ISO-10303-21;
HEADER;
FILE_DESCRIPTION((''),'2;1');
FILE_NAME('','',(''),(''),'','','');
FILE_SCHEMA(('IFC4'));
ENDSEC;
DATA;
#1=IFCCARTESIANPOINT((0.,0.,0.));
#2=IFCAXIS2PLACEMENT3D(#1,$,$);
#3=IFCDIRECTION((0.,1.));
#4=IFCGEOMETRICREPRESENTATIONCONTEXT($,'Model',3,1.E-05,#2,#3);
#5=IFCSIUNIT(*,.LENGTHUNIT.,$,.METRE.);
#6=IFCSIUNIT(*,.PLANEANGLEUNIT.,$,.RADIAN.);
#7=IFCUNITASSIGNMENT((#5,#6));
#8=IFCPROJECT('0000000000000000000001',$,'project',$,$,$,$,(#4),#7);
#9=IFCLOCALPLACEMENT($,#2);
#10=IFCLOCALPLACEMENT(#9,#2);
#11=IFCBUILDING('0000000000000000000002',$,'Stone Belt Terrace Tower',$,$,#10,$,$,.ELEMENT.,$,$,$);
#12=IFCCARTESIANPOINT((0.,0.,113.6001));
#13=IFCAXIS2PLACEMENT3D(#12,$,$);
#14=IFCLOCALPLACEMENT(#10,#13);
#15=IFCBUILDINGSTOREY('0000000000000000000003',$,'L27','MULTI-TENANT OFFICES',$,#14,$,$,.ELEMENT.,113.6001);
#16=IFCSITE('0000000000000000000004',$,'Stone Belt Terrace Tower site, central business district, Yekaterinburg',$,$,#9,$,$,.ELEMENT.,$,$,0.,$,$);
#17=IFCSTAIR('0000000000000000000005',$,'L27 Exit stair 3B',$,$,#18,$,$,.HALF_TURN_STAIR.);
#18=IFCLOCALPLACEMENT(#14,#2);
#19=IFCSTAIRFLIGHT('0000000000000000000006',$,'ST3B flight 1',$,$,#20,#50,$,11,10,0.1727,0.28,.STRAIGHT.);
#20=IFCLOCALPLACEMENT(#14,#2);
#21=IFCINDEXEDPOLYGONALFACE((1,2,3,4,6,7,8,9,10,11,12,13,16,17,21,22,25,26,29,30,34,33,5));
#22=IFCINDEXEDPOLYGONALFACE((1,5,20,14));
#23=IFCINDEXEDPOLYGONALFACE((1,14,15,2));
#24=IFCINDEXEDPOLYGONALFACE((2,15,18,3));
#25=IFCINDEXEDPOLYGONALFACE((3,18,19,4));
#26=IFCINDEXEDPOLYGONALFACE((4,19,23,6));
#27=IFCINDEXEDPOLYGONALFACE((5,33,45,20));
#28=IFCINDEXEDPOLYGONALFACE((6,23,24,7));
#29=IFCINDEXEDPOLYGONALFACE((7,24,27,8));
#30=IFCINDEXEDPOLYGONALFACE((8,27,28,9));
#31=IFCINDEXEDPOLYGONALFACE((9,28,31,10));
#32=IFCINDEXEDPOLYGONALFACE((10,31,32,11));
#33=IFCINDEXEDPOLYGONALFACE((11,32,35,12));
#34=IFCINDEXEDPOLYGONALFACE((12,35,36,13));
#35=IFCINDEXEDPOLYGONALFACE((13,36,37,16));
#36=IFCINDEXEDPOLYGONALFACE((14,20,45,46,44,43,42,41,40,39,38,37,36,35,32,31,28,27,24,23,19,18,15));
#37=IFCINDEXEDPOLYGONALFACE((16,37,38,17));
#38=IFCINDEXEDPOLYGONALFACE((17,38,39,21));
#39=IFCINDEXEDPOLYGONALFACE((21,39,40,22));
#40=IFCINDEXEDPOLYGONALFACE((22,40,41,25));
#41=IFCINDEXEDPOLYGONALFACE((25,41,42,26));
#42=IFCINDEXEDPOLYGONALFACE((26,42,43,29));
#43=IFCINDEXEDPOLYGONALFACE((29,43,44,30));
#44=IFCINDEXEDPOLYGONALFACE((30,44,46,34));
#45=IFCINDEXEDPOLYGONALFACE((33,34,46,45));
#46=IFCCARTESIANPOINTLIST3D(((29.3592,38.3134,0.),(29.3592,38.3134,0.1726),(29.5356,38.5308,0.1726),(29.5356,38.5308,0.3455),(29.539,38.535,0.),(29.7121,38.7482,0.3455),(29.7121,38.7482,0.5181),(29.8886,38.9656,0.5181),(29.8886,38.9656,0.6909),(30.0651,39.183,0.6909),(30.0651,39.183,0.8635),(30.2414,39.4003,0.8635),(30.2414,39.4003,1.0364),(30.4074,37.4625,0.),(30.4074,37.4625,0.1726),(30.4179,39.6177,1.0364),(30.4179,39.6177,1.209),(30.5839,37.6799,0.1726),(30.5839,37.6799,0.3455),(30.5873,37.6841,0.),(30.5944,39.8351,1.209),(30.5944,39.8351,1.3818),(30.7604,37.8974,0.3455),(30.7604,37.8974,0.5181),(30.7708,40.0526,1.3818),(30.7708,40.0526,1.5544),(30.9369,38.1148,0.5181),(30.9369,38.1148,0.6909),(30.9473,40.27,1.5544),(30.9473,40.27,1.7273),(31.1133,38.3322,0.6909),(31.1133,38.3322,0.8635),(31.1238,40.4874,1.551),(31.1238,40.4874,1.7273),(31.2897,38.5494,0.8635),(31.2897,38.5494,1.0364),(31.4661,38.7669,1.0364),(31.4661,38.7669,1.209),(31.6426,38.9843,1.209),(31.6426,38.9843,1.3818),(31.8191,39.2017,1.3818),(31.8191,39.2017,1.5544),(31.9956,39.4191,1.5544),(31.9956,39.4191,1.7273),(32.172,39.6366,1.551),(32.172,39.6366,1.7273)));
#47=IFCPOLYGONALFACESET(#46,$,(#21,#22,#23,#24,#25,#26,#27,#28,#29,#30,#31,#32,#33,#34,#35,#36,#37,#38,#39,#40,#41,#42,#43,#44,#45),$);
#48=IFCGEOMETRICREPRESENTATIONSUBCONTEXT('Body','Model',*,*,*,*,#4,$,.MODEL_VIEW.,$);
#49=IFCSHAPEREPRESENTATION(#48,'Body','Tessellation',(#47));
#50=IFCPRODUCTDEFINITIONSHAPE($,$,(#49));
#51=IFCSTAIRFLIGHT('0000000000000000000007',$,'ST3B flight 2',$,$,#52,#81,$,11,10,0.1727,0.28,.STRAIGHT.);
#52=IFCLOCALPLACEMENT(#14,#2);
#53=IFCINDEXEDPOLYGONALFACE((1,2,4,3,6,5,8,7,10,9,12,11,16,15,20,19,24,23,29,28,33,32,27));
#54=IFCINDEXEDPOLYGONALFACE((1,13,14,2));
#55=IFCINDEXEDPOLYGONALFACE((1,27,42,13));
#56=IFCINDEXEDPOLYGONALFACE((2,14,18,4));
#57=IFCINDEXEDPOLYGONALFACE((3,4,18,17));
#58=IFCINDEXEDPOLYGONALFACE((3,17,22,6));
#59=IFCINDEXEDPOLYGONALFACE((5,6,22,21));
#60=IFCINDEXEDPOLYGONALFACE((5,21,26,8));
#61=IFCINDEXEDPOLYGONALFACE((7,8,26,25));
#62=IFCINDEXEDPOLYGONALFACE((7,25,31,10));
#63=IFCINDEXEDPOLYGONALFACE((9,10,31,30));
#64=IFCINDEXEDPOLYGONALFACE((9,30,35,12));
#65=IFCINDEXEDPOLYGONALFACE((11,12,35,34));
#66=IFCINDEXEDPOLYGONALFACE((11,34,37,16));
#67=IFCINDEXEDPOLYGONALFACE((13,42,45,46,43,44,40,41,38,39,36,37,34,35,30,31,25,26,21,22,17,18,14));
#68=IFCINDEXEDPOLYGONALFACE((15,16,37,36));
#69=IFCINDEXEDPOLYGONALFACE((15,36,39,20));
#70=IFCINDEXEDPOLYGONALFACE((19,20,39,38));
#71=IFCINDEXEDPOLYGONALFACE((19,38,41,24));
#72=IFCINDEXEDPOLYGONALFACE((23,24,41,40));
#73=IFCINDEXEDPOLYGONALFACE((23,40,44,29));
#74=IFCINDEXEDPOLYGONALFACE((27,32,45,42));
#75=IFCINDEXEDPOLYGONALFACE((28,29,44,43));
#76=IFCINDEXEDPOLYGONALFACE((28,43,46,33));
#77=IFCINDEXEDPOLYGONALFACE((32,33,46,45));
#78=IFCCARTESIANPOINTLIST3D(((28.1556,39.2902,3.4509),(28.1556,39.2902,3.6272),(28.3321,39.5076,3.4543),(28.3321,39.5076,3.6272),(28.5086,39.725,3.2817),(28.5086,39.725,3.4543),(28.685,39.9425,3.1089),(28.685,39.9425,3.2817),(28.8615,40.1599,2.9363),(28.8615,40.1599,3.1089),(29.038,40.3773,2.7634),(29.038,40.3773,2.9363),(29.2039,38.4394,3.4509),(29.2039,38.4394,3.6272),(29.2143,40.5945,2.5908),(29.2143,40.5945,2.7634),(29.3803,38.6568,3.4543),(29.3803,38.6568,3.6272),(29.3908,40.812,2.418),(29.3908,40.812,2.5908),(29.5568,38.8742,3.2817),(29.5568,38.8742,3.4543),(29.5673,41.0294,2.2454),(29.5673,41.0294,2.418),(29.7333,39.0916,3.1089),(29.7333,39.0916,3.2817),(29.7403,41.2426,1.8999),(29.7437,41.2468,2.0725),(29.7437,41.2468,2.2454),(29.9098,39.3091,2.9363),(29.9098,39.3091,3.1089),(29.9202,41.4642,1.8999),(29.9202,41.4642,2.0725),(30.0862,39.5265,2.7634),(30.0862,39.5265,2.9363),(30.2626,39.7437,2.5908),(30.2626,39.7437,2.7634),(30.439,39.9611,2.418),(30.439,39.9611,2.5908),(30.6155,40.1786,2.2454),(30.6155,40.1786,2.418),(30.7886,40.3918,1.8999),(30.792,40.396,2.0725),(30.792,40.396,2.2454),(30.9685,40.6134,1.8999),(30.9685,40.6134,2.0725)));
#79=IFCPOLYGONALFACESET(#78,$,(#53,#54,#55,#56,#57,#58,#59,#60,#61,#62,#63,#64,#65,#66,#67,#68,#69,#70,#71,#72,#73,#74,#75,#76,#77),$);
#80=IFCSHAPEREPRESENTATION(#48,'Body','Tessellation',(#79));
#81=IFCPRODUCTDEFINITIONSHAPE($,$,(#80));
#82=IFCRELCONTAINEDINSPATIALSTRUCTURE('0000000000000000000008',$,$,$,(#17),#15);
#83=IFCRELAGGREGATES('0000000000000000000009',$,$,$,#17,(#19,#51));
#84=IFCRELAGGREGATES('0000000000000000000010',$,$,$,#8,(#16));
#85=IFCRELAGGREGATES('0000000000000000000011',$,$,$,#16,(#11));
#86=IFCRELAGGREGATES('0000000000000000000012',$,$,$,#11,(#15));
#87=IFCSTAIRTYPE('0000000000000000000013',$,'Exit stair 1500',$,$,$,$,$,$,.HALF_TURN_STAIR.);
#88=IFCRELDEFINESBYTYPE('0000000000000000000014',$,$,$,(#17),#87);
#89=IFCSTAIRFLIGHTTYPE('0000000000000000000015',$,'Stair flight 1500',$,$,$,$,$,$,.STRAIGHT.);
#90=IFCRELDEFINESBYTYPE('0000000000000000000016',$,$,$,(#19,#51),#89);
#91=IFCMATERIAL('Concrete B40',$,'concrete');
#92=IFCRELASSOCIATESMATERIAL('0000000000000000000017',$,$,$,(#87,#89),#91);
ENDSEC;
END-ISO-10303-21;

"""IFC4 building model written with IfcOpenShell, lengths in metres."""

from ifc_helpers import new_model, si_unit, direction, frame, origin, place, context, subcontext, project, spatial, polyline, outline, extrude, material, type_object, element, aggregate, save


model = new_model("IFC4")

# Units and contexts
model_context = context("Model", 3, precision=1e-05, world=origin(), true_north=direction((0.0, 1.0)))
body_context = subcontext(model_context, "Body", "Model", "MODEL_VIEW")
ifc_project = project(units=[si_unit("LENGTHUNIT", "METRE"), si_unit("PLANEANGLEUNIT", "RADIAN")], contexts=[model_context])

# Site, building, storey
site_placement = place(None, origin())
site = spatial("IfcSite", under=ifc_project, at=site_placement, Name="Stone Belt Terrace Tower site, central business district, Yekaterinburg", CompositionType="ELEMENT", RefElevation=0.0)
building_placement = place(site_placement, origin())
building = spatial("IfcBuilding", under=site, at=building_placement, Name="Stone Belt Terrace Tower", CompositionType="ELEMENT")
storey_placement = place(building_placement, frame((0.0, 0.0, 113.6001)))
storey = spatial("IfcBuildingStorey", under=building, at=storey_placement, Name="L27", Description="MULTI-TENANT OFFICES", CompositionType="ELEMENT", Elevation=113.6001)

# Stair, stair flights
ifc_material_1 = material(Name="Concrete B40", Category="concrete")
stair_type = type_object("IfcStairType", Name="Exit stair 1500", PredefinedType="HALF_TURN_STAIR", material=ifc_material_1)
stair_placement = place(storey_placement, origin())
stair = element("IfcStair", 1, at=stair_placement, inside=storey, type_object=stair_type, Name="L27 Exit stair 3B", PredefinedType="HALF_TURN_STAIR")
stair_flight_type = type_object("IfcStairFlightType", Name="Stair flight 1500", PredefinedType="STRAIGHT", material=ifc_material_1)
stair_flight_1_placement = place(storey_placement, frame((29.8833, 37.8879, 0.0), z_axis=(0.0, 0.0, 1.0), x_axis=(0.630206, 0.776428, 0.0)))
stair_flight_1 = element("IfcStairFlight", 2, at=stair_flight_1_placement, type_object=stair_flight_type, Name="ST3B flight 1", NumberOfRisers=11, NumberOfTreads=10, PredefinedType="STRAIGHT", RiserHeight=0.1727, TreadLength=0.28, context=body_context, shape_type="SweptSolid", body=[
    extrude(outline(polyline([(0.0, 0.0), (0.0, 0.1726), (0.28, 0.1726), (0.28, 0.3455), (0.5601, 0.3455), (0.5601, 0.5181), (0.8401, 0.5181), (0.8401, 0.6909), (1.1201, 0.6909), (1.1201, 0.8635), (1.3999, 0.8635), (1.3999, 1.0364), (1.6799, 1.0364), (1.6799, 1.209), (1.96, 1.209), (1.96, 1.3818), (2.24, 1.3818), (2.24, 1.5544), (2.52, 1.5544), (2.52, 1.7273), (2.8, 1.7273), (2.8, 1.8999), (2.8, 1.551), (0.2854, 0.0), (0.0, 0.0)])), frame((0.0, 0.675, 0.0), z_axis=(0.0, -1.0, 0.0), x_axis=(1.0, 0.0, 0.0)), (0.0, 0.0, 1.0), 1.3501),
])
stair_flight_2_placement = place(storey_placement, frame((30.4443, 41.0388, 1.8999), z_axis=(0.0, 0.0, 1.0), x_axis=(-0.630206, -0.776428, 0.0)))
stair_flight_2 = element("IfcStairFlight", 3, at=stair_flight_2_placement, type_object=stair_flight_type, Name="ST3B flight 2", NumberOfRisers=11, NumberOfTreads=10, PredefinedType="STRAIGHT", RiserHeight=0.1727, TreadLength=0.28, context=body_context, shape_type="SweptSolid", body=[
    extrude(outline(polyline([(0.0, 0.0), (0.0, 0.1726), (0.28, 0.1726), (0.28, 0.3455), (0.5601, 0.3455), (0.5601, 0.5181), (0.8401, 0.5181), (0.8401, 0.6909), (1.1201, 0.6909), (1.1201, 0.8635), (1.3999, 0.8635), (1.3999, 1.0364), (1.6799, 1.0364), (1.6799, 1.209), (1.96, 1.209), (1.96, 1.3818), (2.24, 1.3818), (2.24, 1.5544), (2.52, 1.5544), (2.52, 1.7273), (2.8, 1.7273), (2.8, 1.8999), (2.8, 1.551), (0.2854, 0.0), (0.0, 0.0)])), frame((0.0, 0.675, 0.0), z_axis=(0.0, -1.0, 0.0), x_axis=(1.0, 0.0, 0.0)), (0.0, 0.0, 1.0), 1.3501),
])
aggregate(stair, [stair_flight_1, stair_flight_2])

save(model, "model.ifc")
